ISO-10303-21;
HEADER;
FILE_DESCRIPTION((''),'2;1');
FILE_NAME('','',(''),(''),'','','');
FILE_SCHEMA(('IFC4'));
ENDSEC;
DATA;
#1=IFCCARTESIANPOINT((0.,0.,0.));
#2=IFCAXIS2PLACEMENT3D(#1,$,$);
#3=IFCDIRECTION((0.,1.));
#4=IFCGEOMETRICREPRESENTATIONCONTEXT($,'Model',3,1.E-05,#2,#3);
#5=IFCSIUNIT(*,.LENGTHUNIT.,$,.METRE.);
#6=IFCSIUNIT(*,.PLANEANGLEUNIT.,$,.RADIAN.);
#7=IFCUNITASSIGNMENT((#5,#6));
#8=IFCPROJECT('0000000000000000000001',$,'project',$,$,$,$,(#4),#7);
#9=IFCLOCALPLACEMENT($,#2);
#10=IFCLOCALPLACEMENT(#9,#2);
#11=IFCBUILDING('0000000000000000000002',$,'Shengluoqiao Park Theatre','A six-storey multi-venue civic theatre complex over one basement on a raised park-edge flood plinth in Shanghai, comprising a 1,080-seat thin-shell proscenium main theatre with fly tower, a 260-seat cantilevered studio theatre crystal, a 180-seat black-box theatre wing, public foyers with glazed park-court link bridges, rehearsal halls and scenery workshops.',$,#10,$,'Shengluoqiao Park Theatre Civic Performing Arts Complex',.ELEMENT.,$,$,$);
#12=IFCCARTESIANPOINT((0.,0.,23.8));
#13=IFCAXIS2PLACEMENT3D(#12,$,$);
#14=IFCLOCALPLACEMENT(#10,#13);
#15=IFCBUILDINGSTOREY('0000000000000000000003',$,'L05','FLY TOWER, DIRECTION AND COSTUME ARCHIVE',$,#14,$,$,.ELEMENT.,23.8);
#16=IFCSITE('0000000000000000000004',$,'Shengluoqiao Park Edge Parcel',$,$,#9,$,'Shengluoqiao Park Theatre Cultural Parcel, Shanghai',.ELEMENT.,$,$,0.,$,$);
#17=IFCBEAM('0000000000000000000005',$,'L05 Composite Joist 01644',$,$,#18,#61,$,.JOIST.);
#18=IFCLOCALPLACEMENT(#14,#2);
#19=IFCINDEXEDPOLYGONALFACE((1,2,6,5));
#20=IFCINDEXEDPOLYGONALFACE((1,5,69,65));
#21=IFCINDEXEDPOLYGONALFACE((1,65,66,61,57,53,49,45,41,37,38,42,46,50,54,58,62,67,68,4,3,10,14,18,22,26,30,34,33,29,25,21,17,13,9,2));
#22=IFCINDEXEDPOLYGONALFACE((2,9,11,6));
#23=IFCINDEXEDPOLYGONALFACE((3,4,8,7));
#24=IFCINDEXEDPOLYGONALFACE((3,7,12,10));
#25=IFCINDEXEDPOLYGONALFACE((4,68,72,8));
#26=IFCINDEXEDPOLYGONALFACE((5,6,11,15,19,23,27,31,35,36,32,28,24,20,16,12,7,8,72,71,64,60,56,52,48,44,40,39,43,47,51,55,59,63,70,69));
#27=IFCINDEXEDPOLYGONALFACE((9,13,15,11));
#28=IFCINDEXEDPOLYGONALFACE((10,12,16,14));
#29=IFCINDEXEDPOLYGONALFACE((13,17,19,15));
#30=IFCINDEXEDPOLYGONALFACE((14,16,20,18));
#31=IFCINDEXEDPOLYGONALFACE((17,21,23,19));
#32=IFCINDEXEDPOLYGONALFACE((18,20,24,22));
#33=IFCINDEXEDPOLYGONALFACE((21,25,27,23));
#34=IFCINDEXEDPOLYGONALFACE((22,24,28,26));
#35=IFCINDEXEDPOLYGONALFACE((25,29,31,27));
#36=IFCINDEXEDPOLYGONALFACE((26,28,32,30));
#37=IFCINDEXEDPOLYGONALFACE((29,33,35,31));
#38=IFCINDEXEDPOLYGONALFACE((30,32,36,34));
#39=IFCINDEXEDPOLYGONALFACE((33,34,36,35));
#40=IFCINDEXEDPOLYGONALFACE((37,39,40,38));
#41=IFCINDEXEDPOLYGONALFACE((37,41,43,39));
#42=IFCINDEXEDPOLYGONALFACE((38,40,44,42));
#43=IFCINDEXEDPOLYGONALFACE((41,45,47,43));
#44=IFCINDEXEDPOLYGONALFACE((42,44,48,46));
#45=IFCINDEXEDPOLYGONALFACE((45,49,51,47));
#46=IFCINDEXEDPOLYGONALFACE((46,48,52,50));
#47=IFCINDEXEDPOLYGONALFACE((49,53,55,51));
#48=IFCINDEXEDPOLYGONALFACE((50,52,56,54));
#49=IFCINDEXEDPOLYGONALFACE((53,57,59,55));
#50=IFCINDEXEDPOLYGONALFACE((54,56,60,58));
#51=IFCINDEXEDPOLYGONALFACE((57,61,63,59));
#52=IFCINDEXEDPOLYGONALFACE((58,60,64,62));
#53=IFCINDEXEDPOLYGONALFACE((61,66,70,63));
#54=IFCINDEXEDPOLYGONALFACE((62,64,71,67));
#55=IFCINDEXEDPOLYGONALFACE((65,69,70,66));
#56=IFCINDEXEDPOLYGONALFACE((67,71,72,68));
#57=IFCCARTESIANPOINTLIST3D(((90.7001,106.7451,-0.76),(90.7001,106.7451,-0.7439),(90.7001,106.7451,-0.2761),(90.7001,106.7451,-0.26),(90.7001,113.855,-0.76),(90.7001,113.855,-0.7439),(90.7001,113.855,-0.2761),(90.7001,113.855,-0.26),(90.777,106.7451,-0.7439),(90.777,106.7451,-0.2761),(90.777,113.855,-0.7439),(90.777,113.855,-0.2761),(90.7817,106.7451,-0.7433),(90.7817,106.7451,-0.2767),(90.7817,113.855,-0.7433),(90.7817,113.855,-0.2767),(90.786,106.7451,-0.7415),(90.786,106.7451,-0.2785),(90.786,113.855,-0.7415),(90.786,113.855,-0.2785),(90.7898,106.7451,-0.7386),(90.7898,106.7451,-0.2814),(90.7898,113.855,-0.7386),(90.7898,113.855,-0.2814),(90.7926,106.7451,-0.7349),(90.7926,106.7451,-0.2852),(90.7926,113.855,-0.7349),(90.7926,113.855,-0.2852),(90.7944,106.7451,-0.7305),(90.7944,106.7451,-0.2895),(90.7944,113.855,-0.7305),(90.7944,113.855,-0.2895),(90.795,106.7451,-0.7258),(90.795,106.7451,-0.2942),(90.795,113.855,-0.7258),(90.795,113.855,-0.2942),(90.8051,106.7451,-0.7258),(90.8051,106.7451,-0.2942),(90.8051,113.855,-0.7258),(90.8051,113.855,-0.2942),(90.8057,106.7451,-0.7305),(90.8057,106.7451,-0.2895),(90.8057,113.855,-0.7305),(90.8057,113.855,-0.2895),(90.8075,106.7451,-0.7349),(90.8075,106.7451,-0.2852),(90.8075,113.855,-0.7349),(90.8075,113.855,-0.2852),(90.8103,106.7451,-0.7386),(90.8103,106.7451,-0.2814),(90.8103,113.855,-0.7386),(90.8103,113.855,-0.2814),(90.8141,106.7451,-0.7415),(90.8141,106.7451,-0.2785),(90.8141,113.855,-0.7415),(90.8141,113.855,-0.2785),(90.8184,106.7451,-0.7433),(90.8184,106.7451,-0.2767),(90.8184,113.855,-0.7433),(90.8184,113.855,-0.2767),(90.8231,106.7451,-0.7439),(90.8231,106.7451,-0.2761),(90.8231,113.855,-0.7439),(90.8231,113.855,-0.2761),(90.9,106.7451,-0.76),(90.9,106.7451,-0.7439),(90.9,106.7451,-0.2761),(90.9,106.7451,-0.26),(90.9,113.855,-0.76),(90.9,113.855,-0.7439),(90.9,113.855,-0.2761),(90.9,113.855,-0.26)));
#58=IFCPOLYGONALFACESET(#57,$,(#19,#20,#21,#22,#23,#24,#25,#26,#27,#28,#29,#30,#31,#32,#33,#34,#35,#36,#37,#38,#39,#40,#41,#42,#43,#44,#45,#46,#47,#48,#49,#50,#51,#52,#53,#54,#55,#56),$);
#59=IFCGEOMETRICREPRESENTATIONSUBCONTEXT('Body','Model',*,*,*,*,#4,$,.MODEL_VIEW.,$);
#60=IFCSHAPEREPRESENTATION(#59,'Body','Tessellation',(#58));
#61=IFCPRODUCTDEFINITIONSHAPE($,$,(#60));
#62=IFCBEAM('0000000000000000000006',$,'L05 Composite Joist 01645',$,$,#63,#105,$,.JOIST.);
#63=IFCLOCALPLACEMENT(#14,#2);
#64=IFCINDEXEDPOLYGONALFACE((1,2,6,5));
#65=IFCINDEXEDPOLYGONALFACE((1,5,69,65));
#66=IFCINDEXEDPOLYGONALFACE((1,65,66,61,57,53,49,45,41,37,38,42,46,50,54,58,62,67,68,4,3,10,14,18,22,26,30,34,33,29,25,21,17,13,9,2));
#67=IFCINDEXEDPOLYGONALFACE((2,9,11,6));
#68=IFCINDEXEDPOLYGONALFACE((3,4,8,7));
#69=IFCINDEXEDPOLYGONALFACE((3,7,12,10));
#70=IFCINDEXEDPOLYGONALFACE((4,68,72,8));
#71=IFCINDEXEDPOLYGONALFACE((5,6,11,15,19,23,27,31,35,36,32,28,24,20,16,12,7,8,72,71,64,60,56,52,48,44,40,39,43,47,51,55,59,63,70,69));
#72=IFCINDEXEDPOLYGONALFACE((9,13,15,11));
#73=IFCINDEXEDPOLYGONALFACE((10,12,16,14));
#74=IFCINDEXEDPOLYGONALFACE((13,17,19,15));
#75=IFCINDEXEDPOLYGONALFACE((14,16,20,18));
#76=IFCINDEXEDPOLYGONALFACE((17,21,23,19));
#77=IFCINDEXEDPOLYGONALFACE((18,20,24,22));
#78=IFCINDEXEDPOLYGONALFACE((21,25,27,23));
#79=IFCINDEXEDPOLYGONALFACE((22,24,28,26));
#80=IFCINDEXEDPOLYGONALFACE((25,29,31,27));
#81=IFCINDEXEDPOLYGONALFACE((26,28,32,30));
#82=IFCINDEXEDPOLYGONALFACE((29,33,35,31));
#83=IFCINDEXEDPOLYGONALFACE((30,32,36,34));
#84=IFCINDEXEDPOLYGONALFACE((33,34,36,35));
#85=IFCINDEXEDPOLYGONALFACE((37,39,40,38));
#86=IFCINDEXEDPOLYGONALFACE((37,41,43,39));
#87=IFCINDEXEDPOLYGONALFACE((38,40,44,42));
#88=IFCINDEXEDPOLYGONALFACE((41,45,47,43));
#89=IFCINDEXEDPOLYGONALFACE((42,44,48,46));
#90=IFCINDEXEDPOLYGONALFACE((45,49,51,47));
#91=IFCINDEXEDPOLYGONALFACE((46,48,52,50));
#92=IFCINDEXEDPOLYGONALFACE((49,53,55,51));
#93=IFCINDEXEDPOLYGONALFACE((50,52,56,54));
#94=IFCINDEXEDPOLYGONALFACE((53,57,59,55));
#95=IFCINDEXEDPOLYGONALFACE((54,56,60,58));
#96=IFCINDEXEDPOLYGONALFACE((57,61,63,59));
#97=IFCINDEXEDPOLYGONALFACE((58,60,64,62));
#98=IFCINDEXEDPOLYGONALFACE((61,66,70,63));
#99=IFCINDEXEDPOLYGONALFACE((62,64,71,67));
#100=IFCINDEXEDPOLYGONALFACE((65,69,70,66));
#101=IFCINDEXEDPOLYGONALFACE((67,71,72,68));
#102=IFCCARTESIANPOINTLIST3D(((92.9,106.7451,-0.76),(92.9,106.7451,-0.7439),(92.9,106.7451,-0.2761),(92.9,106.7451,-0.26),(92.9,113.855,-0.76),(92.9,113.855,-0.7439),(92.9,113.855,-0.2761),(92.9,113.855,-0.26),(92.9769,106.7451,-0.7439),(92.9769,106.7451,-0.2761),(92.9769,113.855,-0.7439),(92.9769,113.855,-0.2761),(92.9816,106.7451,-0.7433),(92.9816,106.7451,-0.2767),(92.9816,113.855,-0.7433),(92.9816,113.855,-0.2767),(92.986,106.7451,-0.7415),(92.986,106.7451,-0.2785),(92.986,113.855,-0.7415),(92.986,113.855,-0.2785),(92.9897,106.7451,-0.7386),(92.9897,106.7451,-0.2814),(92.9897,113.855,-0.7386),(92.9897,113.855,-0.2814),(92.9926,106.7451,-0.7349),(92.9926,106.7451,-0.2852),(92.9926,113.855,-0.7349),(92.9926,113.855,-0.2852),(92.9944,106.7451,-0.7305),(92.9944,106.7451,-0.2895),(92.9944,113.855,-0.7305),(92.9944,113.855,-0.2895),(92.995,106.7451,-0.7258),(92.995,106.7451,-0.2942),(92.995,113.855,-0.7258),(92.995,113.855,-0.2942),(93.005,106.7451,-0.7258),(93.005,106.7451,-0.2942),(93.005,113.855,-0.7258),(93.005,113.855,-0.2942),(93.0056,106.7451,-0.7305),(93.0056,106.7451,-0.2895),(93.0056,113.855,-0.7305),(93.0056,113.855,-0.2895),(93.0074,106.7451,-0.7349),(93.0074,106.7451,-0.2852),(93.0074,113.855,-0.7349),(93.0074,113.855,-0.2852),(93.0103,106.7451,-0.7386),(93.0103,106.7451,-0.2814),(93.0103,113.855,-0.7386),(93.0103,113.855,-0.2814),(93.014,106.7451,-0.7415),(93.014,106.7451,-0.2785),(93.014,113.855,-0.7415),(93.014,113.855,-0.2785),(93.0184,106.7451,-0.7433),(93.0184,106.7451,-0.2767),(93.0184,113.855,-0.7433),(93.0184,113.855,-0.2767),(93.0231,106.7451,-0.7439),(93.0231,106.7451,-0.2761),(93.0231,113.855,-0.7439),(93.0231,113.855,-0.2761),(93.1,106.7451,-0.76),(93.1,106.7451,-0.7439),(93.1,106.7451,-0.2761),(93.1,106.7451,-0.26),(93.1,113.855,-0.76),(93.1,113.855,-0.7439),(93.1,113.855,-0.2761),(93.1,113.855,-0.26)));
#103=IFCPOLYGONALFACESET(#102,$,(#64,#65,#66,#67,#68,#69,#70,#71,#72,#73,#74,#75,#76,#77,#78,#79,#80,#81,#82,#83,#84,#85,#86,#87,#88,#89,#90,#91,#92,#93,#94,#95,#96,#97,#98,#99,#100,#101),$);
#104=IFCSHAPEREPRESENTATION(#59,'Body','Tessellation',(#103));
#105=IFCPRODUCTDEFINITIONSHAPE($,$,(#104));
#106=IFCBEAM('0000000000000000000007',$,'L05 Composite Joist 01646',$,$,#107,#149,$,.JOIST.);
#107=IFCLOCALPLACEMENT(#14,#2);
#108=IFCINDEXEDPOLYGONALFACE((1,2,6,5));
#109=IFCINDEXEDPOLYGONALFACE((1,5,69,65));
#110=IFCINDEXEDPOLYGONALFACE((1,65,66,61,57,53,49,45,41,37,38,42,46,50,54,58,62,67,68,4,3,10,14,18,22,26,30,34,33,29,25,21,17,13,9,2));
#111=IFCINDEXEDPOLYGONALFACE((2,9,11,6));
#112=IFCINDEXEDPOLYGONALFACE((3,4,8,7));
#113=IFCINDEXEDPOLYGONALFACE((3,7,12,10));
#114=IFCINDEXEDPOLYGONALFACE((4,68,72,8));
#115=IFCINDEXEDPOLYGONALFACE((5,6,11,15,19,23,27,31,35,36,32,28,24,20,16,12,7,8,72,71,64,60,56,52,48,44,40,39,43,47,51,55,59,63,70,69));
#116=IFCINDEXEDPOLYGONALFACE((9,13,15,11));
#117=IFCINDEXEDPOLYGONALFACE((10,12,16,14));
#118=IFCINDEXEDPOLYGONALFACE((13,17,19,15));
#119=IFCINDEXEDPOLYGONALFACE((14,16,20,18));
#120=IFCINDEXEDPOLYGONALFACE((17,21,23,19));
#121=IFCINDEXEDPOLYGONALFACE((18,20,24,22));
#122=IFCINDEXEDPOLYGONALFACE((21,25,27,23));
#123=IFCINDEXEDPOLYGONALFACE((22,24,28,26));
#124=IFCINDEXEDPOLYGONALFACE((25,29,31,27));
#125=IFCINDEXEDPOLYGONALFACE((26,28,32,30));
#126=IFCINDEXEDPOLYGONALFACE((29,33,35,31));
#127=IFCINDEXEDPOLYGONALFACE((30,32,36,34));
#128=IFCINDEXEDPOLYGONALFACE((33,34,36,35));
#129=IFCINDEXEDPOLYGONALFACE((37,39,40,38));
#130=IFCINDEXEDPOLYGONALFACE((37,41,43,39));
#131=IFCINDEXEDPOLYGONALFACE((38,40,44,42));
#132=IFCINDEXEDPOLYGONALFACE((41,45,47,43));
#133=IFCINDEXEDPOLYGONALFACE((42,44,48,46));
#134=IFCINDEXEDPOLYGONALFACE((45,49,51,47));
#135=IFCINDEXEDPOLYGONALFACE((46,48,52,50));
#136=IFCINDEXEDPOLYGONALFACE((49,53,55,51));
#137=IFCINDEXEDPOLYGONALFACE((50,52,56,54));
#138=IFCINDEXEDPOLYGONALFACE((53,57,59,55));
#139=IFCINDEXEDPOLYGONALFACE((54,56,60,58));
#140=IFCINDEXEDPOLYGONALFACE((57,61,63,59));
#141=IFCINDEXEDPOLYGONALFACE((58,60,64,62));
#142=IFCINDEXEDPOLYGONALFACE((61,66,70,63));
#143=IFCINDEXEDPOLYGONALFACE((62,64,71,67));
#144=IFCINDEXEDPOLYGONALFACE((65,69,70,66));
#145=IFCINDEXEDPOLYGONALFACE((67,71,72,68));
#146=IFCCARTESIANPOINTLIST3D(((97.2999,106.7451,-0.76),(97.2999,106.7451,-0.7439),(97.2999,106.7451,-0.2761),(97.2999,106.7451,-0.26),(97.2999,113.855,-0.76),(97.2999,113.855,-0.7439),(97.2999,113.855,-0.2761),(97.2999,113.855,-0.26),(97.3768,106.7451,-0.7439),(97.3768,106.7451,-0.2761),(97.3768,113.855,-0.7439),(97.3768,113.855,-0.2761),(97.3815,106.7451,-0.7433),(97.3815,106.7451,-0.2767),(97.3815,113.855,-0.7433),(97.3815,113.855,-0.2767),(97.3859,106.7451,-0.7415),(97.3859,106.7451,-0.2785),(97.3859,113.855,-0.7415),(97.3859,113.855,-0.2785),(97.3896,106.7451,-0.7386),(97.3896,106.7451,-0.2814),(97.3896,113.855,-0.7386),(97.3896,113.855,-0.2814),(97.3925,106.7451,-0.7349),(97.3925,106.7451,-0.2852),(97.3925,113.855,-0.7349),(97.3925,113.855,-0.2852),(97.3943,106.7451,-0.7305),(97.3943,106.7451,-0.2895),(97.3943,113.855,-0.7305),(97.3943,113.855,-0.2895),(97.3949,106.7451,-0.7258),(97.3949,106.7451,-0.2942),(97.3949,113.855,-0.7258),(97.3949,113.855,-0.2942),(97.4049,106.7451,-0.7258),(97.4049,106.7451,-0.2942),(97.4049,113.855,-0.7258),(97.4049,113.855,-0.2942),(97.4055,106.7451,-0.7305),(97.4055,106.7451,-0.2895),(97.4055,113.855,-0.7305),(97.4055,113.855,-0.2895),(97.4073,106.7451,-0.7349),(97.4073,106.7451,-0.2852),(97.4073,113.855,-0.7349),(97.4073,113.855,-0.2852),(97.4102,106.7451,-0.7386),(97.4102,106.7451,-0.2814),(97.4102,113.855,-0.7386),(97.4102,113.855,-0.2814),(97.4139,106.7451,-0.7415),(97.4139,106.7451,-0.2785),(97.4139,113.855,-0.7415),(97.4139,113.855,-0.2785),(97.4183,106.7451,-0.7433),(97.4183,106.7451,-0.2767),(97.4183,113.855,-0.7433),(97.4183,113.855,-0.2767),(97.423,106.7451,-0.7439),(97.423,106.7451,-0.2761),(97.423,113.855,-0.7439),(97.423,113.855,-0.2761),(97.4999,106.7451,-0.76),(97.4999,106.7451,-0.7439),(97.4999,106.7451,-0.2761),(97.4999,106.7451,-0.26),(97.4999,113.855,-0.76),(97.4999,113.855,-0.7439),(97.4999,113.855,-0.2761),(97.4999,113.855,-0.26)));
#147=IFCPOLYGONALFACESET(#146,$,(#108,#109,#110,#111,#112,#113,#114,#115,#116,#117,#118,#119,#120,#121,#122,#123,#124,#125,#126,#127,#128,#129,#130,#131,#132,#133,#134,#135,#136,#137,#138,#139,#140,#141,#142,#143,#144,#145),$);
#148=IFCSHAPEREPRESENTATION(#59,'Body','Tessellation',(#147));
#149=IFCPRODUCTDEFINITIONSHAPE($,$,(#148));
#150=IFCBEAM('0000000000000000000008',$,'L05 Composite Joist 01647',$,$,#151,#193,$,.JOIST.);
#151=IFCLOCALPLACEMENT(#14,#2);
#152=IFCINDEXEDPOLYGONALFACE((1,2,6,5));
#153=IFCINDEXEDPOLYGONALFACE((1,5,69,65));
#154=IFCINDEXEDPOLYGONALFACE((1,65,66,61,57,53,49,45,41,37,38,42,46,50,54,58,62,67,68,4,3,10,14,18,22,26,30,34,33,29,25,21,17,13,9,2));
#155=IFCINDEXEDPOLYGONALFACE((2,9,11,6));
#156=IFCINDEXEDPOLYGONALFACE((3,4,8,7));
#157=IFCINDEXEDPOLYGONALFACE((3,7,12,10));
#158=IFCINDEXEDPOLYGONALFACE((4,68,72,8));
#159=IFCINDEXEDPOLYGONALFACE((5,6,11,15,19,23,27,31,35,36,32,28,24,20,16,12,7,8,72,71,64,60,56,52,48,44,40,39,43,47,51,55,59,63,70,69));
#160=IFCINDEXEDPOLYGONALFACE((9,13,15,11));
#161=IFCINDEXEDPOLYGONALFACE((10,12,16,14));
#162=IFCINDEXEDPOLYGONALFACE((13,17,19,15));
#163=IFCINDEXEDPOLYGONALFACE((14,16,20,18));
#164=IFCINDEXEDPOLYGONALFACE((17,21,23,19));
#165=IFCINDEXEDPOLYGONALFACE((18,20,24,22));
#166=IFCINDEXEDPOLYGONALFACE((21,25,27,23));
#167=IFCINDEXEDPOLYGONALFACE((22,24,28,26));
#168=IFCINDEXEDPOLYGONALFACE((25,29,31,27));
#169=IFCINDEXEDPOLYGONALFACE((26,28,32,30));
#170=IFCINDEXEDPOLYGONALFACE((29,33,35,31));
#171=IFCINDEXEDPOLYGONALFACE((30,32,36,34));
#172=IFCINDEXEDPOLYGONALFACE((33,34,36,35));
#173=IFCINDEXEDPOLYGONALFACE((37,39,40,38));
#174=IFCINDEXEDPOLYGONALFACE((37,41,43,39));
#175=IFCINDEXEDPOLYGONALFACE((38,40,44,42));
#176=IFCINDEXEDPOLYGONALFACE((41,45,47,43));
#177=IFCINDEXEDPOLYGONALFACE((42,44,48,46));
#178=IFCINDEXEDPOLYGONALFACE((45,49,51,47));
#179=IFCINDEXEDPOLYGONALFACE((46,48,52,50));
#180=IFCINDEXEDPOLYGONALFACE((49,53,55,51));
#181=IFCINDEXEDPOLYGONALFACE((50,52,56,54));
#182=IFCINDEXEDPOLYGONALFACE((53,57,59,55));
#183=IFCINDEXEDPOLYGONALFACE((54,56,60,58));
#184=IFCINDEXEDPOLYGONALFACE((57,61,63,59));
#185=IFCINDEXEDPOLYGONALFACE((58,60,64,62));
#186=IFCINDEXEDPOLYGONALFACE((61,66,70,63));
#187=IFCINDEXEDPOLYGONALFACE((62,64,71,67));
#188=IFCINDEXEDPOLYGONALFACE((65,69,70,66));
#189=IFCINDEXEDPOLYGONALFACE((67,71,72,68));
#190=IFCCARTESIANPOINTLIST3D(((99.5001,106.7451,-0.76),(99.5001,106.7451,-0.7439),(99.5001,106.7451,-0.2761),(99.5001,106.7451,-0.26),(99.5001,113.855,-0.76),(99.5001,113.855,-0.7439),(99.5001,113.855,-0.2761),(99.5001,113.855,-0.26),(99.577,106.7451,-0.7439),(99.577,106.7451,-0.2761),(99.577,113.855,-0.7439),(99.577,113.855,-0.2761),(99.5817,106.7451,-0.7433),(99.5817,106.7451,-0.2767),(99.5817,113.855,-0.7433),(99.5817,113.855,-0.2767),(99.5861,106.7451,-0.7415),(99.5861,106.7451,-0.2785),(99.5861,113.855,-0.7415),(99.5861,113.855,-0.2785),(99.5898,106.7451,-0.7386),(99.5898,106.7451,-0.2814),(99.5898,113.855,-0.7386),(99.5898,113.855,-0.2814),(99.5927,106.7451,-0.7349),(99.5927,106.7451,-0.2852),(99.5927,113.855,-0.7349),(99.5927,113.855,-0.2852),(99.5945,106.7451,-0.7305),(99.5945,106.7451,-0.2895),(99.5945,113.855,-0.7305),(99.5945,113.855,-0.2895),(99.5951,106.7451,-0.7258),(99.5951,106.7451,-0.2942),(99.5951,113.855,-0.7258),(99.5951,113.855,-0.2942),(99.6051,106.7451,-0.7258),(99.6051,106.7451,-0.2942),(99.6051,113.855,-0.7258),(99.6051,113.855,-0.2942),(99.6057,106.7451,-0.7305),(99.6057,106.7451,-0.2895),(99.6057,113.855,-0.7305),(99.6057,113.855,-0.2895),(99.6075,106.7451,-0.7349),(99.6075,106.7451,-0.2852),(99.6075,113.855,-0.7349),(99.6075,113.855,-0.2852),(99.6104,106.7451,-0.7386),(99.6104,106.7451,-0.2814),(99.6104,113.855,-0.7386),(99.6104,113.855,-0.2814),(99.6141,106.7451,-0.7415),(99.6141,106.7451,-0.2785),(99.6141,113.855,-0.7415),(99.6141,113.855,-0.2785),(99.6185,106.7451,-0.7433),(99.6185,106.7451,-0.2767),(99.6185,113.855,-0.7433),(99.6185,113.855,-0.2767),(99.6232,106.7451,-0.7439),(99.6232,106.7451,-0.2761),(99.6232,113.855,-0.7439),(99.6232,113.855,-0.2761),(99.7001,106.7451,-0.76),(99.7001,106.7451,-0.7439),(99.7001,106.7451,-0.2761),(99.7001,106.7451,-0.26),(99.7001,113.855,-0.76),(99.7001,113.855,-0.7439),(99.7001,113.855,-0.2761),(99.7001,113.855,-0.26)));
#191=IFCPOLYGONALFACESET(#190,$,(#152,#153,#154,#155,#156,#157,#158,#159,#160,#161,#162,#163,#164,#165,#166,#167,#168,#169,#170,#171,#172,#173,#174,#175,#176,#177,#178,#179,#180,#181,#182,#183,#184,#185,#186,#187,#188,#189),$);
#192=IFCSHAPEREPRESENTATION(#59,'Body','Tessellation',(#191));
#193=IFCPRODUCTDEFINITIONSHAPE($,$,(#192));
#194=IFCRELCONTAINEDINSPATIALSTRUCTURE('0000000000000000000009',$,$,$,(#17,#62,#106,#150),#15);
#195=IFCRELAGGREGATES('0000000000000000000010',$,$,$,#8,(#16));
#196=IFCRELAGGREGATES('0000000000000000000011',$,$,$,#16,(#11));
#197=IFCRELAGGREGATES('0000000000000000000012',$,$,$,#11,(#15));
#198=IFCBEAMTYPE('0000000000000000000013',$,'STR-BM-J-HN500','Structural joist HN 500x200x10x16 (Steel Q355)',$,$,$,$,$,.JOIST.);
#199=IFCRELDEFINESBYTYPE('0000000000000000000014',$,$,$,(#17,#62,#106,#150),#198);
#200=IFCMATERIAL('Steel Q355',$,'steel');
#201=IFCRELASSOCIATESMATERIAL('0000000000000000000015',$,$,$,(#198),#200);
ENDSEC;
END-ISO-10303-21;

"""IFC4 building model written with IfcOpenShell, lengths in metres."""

from ifc_helpers import new_model, si_unit, direction, frame, origin, origin_2d, place, context, subcontext, project, spatial, i_section, extrude, material, material_profile, profile_set, type_object, element, save


model = new_model("IFC4")

# Units and contexts
model_context = context("Model", 3, precision=1e-05, world=origin(), true_north=direction((0.0, 1.0)))
body_context = subcontext(model_context, "Body", "Model", "MODEL_VIEW")
ifc_project = project(units=[si_unit("LENGTHUNIT", "METRE"), si_unit("PLANEANGLEUNIT", "RADIAN")], contexts=[model_context])

# Site, building, storey
site_placement = place(None, origin())
site = spatial("IfcSite", under=ifc_project, at=site_placement, Name="Shengluoqiao Park Edge Parcel", LongName="Shengluoqiao Park Theatre Cultural Parcel, Shanghai", CompositionType="ELEMENT", RefElevation=0.0)
building_placement = place(site_placement, origin())
building = spatial("IfcBuilding", under=site, at=building_placement, Name="Shengluoqiao Park Theatre", Description="A six-storey multi-venue civic theatre complex over one basement on a raised park-edge flood plinth in Shanghai, comprising a 1,080-seat thin-shell proscenium main theatre with fly tower, a 260-seat cantilevered studio theatre crystal, a 180-seat black-box theatre wing, public foyers with glazed park-court link bridges, rehearsal halls and scenery workshops.", LongName="Shengluoqiao Park Theatre Civic Performing Arts Complex", CompositionType="ELEMENT")
storey_placement = place(building_placement, frame((0.0, 0.0, 23.8)))
storey = spatial("IfcBuildingStorey", under=building, at=storey_placement, Name="L05", Description="FLY TOWER, DIRECTION AND COSTUME ARCHIVE", CompositionType="ELEMENT", Elevation=23.8)

# Beams
ifc_material_1 = material(Name="Steel Q355", Category="steel")
ifc_material_profile_1 = material_profile(ifc_material_1, i_section(OverallWidth=0.2, OverallDepth=0.5, WebThickness=0.01, FlangeThickness=0.0161, FilletRadius=0.0181, at=origin_2d()), Name="HN 500x200x10x16")
ifc_profile_set_1 = profile_set([ifc_material_profile_1], Name="Steel Q355")
beam_type_1 = type_object("IfcBeamType", Name="STR-BM-J-HN500", Description="Structural joist HN 500x200x10x16 (Steel Q355)", PredefinedType="JOIST", material=ifc_profile_set_1)
for number, where, z_axis, x_axis, name in (
    (1, (90.8, 106.7451, -0.51), (0.0, 1.0, 0.0), (-1.0, 0.0, 0.0), "L05 Composite Joist 01644"),
    (2, (93.0, 106.7451, -0.51), (0.0, 1.0, 0.0), (-1.0, 0.0, 0.0), "L05 Composite Joist 01645"),
    (3, (97.3999, 106.7451, -0.51), (0.0, 1.0, 0.0), (-1.0, 0.0, 0.0), "L05 Composite Joist 01646"),
    (4, (99.6001, 106.7451, -0.51), (0.0, 1.0, 0.0), (-1.0, 0.0, 0.0), "L05 Composite Joist 01647"),
):
    element("IfcBeam", number, at=place(storey_placement, frame(where, z_axis=z_axis, x_axis=x_axis)), inside=storey, type_object=beam_type_1, Name=name, PredefinedType="JOIST", context=body_context, shape_type="SweptSolid", body=[
        extrude(i_section(OverallWidth=0.2, OverallDepth=0.5, WebThickness=0.01, FlangeThickness=0.0161, FilletRadius=0.0181, at=origin_2d()), origin(), (0.0, 0.0, 1.0), 7.1099),
    ])

save(model, "model.ifc")
